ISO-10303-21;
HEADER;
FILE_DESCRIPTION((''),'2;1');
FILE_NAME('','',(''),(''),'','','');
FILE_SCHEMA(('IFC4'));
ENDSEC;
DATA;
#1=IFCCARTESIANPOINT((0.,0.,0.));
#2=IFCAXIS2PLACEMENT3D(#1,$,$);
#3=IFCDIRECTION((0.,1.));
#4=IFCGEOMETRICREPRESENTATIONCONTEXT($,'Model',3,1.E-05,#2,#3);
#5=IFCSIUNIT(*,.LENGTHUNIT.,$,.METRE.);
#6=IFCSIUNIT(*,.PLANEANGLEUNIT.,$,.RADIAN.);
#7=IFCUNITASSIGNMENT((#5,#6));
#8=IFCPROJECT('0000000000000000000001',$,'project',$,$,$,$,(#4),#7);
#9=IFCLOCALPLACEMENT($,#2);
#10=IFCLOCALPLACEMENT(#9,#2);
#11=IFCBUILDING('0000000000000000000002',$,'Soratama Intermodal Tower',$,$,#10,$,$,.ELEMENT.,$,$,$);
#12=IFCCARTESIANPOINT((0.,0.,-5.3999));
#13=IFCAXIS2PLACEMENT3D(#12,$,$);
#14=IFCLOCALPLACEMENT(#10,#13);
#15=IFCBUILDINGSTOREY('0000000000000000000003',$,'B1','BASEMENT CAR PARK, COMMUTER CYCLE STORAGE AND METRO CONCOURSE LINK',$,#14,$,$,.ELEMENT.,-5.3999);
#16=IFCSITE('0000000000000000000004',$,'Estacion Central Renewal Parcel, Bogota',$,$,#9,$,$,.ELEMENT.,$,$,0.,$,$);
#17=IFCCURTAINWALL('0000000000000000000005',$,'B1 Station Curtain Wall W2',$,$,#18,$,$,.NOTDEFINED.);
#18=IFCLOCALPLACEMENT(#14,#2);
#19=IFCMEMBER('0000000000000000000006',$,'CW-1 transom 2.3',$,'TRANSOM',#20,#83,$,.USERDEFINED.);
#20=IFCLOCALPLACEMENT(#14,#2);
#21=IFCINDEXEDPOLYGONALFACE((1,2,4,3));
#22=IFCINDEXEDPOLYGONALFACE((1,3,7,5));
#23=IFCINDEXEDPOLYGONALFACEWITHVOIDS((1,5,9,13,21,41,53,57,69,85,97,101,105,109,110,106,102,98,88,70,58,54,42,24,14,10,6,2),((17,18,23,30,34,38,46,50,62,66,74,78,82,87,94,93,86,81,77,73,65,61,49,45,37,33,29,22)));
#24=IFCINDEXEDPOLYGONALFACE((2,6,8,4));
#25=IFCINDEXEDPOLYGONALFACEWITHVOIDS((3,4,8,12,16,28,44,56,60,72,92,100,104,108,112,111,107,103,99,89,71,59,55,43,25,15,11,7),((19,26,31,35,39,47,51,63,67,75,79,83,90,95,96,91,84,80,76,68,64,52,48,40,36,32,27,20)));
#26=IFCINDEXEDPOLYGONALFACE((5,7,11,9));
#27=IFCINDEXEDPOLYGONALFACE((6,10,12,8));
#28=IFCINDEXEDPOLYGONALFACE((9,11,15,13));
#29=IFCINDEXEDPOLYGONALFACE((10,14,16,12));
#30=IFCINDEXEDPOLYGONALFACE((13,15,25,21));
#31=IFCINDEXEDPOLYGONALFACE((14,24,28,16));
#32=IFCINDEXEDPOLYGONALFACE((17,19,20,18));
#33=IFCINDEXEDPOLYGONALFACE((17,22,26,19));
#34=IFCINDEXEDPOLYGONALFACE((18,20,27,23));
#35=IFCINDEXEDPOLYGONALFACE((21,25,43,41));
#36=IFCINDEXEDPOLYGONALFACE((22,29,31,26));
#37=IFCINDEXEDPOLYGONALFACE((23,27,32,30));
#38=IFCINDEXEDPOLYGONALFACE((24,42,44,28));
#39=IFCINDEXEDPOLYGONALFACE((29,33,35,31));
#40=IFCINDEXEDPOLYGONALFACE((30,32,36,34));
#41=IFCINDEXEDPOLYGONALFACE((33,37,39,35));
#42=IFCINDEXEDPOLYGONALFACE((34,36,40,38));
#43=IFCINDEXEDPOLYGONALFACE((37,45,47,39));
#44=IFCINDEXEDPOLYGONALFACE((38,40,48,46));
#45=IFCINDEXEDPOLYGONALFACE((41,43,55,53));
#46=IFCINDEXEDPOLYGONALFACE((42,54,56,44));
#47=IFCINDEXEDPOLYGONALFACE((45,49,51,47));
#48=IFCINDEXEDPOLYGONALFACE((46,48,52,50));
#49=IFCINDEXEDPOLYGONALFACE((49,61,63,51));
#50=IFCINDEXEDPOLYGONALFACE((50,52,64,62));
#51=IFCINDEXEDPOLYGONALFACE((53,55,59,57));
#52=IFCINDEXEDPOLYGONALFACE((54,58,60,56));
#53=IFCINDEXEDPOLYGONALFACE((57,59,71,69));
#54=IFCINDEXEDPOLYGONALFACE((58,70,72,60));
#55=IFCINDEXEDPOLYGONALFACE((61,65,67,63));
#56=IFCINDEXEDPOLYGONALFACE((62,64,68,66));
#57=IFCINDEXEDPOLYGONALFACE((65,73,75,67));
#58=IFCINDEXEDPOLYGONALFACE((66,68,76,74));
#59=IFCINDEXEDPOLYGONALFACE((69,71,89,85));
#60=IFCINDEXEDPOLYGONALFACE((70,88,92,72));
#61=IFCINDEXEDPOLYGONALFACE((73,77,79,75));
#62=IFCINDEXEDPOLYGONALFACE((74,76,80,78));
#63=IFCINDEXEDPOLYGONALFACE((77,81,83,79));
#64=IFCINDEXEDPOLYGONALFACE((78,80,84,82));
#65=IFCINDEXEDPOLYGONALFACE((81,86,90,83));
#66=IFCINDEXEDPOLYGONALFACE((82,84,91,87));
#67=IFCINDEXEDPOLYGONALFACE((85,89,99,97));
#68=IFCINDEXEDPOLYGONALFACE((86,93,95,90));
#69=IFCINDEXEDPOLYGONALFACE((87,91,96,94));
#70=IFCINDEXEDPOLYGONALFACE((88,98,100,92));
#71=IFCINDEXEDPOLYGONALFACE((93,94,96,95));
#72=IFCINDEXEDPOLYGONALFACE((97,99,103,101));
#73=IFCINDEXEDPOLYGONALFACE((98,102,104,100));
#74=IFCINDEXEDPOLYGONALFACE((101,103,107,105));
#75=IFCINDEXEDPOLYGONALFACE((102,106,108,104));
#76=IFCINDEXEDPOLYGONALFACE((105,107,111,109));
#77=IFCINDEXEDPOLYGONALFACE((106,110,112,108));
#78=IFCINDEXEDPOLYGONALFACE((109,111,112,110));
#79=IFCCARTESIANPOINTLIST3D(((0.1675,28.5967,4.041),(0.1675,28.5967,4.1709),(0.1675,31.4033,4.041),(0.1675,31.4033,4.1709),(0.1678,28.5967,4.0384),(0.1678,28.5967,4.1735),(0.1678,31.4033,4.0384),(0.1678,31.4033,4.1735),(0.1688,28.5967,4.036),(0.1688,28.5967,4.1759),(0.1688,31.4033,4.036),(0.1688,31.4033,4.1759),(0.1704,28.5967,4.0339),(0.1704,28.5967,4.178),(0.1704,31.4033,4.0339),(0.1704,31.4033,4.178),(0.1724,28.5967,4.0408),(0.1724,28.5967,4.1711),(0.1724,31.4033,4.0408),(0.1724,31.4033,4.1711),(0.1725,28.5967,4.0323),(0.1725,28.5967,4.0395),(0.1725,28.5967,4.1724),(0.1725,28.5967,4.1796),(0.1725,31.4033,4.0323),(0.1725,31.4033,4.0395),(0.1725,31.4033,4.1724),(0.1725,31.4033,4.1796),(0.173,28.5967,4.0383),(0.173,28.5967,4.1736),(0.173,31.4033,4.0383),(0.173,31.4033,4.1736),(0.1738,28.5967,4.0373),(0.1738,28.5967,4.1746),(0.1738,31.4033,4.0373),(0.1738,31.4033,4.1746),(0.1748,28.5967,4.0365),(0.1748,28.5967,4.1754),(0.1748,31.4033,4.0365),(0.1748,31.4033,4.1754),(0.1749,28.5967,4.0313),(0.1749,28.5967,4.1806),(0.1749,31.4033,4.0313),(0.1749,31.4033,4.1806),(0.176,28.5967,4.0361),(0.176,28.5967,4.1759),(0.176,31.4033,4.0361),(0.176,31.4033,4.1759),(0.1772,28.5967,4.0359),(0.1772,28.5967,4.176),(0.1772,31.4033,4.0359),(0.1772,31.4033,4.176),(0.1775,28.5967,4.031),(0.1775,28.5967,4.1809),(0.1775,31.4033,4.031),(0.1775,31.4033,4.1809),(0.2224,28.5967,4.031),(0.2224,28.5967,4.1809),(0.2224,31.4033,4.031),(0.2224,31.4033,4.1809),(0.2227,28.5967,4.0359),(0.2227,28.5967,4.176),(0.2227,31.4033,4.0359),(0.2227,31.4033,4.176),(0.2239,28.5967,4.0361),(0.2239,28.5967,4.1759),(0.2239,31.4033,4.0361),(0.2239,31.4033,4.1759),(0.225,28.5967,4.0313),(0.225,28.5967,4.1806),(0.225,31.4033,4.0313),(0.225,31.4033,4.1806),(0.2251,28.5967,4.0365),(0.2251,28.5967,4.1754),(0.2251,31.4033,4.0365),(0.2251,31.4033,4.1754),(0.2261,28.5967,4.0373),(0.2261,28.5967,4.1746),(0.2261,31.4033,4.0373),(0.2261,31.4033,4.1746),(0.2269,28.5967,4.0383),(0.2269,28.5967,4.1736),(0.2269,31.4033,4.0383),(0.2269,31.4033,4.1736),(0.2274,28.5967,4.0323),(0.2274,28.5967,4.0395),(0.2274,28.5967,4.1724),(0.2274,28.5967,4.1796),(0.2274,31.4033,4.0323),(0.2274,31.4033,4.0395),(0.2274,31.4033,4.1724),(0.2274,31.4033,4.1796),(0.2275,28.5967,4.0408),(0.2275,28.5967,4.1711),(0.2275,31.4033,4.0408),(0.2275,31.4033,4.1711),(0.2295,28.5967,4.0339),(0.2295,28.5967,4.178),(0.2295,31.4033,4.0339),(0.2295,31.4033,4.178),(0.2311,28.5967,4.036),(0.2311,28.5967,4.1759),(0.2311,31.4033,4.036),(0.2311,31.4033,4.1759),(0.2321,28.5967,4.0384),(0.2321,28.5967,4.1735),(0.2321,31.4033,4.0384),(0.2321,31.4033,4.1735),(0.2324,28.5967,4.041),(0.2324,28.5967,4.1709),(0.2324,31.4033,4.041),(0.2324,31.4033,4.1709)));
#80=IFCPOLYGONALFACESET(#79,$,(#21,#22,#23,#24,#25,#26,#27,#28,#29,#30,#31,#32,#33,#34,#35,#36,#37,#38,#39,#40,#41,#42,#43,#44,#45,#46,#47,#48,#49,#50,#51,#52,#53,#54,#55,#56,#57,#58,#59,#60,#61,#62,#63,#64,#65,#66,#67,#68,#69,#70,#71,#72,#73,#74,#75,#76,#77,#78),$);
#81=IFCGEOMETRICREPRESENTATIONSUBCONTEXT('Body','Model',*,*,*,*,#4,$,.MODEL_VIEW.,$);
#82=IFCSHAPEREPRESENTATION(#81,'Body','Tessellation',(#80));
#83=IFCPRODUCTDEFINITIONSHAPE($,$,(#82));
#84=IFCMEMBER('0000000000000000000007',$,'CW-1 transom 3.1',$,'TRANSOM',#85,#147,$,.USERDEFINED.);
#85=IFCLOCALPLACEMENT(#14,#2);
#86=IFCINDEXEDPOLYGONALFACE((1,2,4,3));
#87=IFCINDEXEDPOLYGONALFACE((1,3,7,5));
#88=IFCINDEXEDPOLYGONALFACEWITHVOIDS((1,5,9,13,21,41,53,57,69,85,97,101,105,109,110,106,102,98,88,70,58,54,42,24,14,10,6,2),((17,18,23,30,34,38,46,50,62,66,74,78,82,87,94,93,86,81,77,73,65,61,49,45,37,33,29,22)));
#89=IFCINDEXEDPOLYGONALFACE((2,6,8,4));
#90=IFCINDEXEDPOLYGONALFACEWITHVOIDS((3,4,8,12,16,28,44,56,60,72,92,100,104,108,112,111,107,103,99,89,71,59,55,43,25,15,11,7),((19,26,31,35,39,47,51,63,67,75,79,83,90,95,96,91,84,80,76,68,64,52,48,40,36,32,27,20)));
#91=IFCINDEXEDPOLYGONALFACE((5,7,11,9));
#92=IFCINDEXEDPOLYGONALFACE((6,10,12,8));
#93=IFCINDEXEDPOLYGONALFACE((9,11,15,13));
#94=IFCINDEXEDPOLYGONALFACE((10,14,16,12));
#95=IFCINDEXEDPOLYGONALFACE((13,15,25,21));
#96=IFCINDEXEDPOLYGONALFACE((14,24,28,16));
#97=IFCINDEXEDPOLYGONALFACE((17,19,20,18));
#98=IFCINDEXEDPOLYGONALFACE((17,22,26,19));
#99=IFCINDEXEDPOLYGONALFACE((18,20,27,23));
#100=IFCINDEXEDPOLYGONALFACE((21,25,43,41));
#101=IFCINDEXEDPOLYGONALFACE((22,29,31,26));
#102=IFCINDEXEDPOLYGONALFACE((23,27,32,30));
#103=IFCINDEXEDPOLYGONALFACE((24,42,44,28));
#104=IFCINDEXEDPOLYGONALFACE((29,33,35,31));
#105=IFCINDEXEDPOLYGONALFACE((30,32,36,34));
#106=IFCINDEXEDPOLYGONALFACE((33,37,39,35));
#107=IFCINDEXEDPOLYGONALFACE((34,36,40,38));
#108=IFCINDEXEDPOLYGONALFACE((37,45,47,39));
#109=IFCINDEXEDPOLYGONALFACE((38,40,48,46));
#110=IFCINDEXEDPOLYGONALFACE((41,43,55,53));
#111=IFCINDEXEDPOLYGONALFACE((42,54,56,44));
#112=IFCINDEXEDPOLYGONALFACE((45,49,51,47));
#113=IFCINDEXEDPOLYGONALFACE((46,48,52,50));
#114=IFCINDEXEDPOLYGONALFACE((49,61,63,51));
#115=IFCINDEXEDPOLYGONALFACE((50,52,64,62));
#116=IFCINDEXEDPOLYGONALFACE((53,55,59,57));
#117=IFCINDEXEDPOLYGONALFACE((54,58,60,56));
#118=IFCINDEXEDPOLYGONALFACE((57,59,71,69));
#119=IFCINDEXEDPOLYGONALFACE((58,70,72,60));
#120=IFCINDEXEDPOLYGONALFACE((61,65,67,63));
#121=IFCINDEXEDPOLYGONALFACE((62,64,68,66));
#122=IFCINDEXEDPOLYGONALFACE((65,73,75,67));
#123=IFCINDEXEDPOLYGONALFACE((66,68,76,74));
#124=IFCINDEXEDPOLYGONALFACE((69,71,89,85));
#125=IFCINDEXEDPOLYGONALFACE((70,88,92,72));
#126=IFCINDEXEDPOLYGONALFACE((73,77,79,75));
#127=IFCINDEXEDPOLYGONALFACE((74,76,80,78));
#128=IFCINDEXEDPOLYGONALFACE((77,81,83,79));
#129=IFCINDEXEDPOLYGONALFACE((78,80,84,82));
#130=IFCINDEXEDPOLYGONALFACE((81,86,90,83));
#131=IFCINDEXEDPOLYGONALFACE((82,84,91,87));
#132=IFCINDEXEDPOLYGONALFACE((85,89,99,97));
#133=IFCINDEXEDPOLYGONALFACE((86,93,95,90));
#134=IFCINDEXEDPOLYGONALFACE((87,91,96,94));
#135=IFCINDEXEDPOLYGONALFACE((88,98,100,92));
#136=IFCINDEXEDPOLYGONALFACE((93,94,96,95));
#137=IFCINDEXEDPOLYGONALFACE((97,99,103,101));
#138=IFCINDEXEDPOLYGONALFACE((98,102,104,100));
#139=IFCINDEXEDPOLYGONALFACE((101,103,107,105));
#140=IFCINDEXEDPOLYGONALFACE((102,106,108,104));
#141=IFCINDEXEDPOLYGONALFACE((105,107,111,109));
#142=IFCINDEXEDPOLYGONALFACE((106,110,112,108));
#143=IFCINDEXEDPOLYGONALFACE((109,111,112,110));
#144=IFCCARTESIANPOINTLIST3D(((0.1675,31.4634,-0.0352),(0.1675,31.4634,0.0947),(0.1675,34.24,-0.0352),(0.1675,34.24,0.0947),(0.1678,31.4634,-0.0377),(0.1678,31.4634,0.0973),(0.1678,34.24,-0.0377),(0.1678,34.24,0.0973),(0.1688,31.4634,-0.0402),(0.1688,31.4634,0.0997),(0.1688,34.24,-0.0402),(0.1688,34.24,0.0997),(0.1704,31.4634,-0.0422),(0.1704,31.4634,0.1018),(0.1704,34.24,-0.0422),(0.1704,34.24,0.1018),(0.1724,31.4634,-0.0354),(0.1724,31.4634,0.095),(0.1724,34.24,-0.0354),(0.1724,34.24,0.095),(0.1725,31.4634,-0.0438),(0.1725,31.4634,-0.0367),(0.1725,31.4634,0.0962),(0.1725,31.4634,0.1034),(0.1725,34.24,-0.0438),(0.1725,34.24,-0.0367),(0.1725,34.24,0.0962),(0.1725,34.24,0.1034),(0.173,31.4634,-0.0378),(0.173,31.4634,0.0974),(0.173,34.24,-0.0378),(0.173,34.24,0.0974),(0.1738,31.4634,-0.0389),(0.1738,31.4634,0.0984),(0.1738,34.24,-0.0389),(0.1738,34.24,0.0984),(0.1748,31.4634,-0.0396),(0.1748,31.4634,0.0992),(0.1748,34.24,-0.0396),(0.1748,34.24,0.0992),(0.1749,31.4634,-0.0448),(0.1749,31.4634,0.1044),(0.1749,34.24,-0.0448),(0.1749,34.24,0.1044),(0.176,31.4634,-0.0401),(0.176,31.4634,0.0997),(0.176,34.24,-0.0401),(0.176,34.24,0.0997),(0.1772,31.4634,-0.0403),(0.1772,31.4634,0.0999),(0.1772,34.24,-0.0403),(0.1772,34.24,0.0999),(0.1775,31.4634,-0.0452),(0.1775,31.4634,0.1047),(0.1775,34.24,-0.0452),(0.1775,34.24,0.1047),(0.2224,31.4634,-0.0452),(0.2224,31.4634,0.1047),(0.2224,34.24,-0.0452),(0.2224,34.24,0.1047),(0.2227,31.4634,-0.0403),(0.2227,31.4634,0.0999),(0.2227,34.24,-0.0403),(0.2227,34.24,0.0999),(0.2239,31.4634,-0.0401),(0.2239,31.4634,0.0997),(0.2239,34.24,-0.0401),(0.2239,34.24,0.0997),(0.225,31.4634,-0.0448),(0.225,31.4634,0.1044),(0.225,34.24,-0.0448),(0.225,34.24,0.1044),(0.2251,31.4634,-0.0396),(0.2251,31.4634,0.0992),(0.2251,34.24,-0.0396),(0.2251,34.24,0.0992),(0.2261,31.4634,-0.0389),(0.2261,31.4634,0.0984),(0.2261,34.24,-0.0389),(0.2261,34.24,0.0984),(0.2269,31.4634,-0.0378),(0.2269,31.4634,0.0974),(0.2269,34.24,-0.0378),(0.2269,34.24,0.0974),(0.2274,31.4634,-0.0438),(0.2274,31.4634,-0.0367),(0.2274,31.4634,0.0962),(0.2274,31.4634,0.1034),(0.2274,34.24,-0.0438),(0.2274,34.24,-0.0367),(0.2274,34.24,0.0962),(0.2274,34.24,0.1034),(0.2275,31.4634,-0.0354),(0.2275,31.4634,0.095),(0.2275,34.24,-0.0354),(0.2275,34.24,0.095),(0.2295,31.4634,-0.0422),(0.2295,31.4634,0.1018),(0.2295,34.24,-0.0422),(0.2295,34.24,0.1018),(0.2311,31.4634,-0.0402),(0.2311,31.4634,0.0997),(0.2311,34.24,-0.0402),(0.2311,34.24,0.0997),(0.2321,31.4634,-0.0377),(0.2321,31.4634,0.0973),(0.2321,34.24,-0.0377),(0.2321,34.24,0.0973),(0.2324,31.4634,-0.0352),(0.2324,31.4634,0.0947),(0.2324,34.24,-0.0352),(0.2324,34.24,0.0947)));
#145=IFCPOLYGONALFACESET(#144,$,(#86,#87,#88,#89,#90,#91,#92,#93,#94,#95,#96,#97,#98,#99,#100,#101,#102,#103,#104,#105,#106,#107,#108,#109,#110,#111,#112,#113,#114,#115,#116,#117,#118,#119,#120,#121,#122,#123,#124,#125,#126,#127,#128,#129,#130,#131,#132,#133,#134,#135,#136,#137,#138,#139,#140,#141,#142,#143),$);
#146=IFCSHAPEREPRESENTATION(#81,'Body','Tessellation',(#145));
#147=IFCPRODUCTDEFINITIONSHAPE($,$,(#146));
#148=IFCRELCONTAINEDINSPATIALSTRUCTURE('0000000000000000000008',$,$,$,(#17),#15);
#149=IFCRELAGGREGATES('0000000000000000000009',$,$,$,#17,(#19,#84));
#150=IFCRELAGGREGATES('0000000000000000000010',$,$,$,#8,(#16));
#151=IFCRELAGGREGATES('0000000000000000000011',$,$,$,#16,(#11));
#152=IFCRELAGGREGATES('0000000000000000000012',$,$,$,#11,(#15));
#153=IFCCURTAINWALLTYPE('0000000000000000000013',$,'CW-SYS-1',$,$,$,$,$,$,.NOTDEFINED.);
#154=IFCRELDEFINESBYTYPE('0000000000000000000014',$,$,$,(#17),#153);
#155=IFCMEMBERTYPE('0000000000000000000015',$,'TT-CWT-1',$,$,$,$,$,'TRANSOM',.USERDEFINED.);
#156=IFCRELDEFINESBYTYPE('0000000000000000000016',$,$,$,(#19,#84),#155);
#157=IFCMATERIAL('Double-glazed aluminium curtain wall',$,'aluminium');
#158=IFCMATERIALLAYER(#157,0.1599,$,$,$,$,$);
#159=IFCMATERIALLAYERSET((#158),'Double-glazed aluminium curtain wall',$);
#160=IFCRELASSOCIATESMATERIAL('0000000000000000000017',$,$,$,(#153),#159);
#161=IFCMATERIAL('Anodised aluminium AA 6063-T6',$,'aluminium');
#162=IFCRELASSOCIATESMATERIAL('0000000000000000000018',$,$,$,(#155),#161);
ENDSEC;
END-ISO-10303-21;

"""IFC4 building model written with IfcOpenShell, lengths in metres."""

from ifc_helpers import new_model, si_unit, direction, frame, origin, origin_2d, place, context, subcontext, project, spatial, hollow_rectangle, extrude, material, layer, layer_set, material_profile, profile_set, type_object, element, aggregate, save


model = new_model("IFC4")

# Units and contexts
model_context = context("Model", 3, precision=1e-05, world=origin(), true_north=direction((0.0, 1.0)))
body_context = subcontext(model_context, "Body", "Model", "MODEL_VIEW")
ifc_project = project(units=[si_unit("LENGTHUNIT", "METRE"), si_unit("PLANEANGLEUNIT", "RADIAN")], contexts=[model_context])

# Site, building, storey
site_placement = place(None, origin())
site = spatial("IfcSite", under=ifc_project, at=site_placement, Name="Estacion Central Renewal Parcel, Bogota", CompositionType="ELEMENT", RefElevation=0.0)
building_placement = place(site_placement, origin())
building = spatial("IfcBuilding", under=site, at=building_placement, Name="Soratama Intermodal Tower", CompositionType="ELEMENT")
storey_placement = place(building_placement, frame((0.0, 0.0, -5.3999)))
storey = spatial("IfcBuildingStorey", under=building, at=storey_placement, Name="B1", Description="BASEMENT CAR PARK, COMMUTER CYCLE STORAGE AND METRO CONCOURSE LINK", CompositionType="ELEMENT", Elevation=-5.3999)

# Curtain wall, members
ifc_material_1 = material(Name="Double-glazed aluminium curtain wall", Category="aluminium")
ifc_layer_1 = layer(ifc_material_1, 0.1599)
ifc_layer_set_1 = layer_set([ifc_layer_1], Name="Double-glazed aluminium curtain wall")
curtain_wall_type = type_object("IfcCurtainWallType", Name="CW-SYS-1", PredefinedType="NOTDEFINED", material=ifc_layer_set_1)
curtain_wall_placement = place(storey_placement, origin())
curtain_wall = element("IfcCurtainWall", 1, at=curtain_wall_placement, inside=storey, type_object=curtain_wall_type, Name="B1 Station Curtain Wall W2", PredefinedType="NOTDEFINED")
ifc_material_2 = material(Name="Anodised aluminium AA 6063-T6", Category="aluminium")
ifc_material_profile_1 = material_profile(ifc_material_2, hollow_rectangle(XDim=0.0649, YDim=0.1499, WallThickness=0.0049, InnerFilletRadius=0.0049, OuterFilletRadius=0.01, at=origin_2d()), Name="CWT150X65X5")
ifc_profile_set_1 = profile_set([ifc_material_profile_1], Name="Anodised aluminium AA 6063-T6")
member_type_1 = type_object("IfcMemberType", Name="TT-CWT-1", ElementType="TRANSOM", PredefinedType="USERDEFINED", material=ifc_profile_set_1)
member_1_placement = place(storey_placement, frame((0.2, 28.5967, 4.106), z_axis=(0.0, 1.0, 0.0), x_axis=(-1.0, 0.0, 0.0)))
member_1 = element("IfcMember", 2, at=member_1_placement, type_object=member_type_1, Name="CW-1 transom 2.3", ObjectType="TRANSOM", PredefinedType="USERDEFINED", context=body_context, shape_type="SweptSolid", body=[
    extrude(hollow_rectangle(XDim=0.0649, YDim=0.1499, WallThickness=0.0049, InnerFilletRadius=0.0049, OuterFilletRadius=0.01, at=origin_2d()), origin(), (0.0, 0.0, 1.0), 2.8066),
])
member_2_placement = place(storey_placement, frame((0.2, 31.4634, 0.0298), z_axis=(0.0, 1.0, 0.0), x_axis=(-1.0, 0.0, 0.0)))
member_2 = element("IfcMember", 3, at=member_2_placement, type_object=member_type_1, Name="CW-1 transom 3.1", ObjectType="TRANSOM", PredefinedType="USERDEFINED", context=body_context, shape_type="SweptSolid", body=[
    extrude(hollow_rectangle(XDim=0.0649, YDim=0.1499, WallThickness=0.0049, InnerFilletRadius=0.0049, OuterFilletRadius=0.01, at=origin_2d()), origin(), (0.0, 0.0, 1.0), 2.7766),
])
aggregate(curtain_wall, [member_1, member_2])

save(model, "model.ifc")
